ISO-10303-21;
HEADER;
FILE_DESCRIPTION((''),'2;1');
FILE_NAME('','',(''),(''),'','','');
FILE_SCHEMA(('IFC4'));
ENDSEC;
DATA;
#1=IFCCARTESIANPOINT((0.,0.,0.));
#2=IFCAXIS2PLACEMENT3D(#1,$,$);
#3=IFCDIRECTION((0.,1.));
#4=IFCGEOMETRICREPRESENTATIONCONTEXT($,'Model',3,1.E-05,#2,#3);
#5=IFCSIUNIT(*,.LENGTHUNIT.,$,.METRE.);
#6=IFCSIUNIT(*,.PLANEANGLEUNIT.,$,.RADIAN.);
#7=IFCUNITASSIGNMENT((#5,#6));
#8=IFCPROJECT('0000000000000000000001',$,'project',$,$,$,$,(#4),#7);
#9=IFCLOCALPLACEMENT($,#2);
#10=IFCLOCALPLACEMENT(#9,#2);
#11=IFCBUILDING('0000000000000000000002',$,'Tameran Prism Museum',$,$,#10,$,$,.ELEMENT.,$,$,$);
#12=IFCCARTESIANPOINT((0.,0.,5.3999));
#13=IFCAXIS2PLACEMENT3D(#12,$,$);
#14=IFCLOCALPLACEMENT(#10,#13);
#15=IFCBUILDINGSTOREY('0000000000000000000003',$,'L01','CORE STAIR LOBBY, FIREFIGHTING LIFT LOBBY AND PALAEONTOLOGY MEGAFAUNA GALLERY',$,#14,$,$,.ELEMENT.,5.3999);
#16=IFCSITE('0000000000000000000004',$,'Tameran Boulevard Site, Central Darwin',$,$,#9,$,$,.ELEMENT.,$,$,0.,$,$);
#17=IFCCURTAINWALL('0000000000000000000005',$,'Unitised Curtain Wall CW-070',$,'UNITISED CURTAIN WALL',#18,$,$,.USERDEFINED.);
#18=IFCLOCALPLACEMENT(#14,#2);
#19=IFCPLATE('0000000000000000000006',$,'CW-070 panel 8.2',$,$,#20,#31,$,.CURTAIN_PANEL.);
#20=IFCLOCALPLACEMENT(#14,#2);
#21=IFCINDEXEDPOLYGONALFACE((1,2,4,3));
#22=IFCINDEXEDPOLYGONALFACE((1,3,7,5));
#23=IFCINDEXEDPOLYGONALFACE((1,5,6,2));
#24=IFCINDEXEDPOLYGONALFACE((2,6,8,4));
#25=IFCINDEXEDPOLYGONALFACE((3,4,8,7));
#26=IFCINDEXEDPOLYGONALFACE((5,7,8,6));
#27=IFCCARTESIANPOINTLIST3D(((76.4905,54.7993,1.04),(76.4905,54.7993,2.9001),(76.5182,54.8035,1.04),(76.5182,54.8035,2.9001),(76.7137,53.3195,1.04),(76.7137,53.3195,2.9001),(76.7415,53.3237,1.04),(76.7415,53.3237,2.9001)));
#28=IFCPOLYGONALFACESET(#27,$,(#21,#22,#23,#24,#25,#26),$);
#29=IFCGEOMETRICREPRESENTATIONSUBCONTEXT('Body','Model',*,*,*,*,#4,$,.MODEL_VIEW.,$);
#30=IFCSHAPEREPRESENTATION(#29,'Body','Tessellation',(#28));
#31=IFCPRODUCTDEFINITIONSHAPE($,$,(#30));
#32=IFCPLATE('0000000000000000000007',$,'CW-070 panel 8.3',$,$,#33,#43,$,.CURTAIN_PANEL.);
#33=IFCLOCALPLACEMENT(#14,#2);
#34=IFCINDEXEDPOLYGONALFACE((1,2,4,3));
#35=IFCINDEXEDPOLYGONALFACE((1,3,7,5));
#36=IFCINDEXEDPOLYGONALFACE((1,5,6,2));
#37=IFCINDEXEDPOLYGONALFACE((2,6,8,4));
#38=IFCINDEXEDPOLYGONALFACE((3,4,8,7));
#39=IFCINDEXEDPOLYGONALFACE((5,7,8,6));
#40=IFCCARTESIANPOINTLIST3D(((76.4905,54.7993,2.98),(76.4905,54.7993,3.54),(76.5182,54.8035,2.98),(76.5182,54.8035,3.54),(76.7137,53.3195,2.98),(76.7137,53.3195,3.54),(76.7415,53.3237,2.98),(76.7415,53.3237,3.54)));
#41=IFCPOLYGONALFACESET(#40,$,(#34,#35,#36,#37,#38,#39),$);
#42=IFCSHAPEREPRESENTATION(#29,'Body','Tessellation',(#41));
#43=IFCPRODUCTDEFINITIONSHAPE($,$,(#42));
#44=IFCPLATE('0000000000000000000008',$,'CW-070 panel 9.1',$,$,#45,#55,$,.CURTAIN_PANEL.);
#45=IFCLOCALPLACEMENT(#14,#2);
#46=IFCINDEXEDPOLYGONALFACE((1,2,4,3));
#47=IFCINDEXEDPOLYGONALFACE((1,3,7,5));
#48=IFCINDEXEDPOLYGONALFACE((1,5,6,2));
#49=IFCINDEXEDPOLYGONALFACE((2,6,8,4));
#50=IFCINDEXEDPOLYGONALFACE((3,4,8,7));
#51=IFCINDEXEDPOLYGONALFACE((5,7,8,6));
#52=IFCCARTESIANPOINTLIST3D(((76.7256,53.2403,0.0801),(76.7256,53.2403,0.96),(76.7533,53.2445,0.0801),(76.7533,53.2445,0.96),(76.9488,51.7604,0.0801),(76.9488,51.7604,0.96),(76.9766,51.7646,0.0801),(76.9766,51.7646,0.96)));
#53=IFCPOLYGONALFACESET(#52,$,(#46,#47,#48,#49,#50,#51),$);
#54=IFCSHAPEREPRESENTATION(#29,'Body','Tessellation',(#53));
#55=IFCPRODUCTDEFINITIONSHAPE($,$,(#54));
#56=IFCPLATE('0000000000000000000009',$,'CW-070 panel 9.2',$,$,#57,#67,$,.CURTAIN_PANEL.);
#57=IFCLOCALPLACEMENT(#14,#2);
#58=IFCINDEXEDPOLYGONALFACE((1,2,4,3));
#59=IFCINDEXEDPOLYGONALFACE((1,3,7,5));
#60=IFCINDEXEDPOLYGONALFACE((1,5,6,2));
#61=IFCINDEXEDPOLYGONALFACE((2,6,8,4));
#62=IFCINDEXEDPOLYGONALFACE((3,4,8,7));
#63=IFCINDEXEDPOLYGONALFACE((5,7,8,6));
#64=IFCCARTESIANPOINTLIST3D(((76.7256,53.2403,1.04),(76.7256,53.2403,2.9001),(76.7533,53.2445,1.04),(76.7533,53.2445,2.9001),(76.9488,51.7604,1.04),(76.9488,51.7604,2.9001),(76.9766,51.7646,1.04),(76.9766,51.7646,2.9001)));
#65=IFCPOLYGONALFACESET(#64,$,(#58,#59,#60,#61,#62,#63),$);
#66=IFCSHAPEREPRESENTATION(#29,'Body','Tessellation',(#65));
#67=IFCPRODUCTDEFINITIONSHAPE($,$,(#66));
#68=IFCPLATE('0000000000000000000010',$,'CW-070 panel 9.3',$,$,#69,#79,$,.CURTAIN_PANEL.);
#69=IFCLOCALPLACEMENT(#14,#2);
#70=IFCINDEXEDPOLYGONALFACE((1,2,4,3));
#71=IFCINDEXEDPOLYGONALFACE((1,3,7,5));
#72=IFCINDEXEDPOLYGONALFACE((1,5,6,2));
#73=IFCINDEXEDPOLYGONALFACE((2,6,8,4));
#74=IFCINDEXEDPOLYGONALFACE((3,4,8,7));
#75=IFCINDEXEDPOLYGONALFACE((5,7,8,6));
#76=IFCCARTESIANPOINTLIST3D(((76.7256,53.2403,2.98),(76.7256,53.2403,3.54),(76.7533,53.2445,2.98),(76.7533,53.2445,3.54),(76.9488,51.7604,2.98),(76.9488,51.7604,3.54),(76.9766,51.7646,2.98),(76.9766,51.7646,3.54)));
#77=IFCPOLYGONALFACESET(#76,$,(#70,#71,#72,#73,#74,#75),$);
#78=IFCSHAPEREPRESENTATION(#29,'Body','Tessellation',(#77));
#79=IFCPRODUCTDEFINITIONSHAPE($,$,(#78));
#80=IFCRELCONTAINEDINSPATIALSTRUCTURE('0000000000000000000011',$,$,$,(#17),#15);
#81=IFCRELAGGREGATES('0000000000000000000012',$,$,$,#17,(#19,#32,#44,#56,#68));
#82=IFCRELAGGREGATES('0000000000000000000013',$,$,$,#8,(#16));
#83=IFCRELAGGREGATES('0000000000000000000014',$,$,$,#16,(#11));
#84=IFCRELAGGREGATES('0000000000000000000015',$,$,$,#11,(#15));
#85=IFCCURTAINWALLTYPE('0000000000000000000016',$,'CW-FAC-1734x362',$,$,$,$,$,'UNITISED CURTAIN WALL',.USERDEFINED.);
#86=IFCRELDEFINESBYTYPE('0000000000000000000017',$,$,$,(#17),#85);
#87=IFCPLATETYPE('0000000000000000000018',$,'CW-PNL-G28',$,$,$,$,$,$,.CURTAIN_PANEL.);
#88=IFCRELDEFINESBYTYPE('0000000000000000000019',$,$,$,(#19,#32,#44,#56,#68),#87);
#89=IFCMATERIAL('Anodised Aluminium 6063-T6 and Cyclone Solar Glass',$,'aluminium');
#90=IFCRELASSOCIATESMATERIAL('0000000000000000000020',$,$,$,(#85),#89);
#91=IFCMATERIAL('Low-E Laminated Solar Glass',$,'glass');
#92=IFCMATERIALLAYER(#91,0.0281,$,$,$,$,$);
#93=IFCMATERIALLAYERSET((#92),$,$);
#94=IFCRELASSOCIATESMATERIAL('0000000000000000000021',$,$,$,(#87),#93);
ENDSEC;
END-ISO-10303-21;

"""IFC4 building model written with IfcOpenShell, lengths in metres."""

from ifc_helpers import new_model, si_unit, direction, frame, origin, origin_2d, place, context, subcontext, project, spatial, rectangle, extrude, material, layer, layer_set, type_object, element, aggregate, save


model = new_model("IFC4")

# Units and contexts
model_context = context("Model", 3, precision=1e-05, world=origin(), true_north=direction((0.0, 1.0)))
body_context = subcontext(model_context, "Body", "Model", "MODEL_VIEW")
ifc_project = project(units=[si_unit("LENGTHUNIT", "METRE"), si_unit("PLANEANGLEUNIT", "RADIAN")], contexts=[model_context])

# Site, building, storey
site_placement = place(None, origin())
site = spatial("IfcSite", under=ifc_project, at=site_placement, Name="Tameran Boulevard Site, Central Darwin", CompositionType="ELEMENT", RefElevation=0.0)
building_placement = place(site_placement, origin())
building = spatial("IfcBuilding", under=site, at=building_placement, Name="Tameran Prism Museum", CompositionType="ELEMENT")
storey_placement = place(building_placement, frame((0.0, 0.0, 5.3999)))
storey = spatial("IfcBuildingStorey", under=building, at=storey_placement, Name="L01", Description="CORE STAIR LOBBY, FIREFIGHTING LIFT LOBBY AND PALAEONTOLOGY MEGAFAUNA GALLERY", CompositionType="ELEMENT", Elevation=5.3999)

# Curtain wall, plates
ifc_material_1 = material(Name="Anodised Aluminium 6063-T6 and Cyclone Solar Glass", Category="aluminium")
curtain_wall_type = type_object("IfcCurtainWallType", Name="CW-FAC-1734x362", ElementType="UNITISED CURTAIN WALL", PredefinedType="USERDEFINED", material=ifc_material_1)
curtain_wall_placement = place(storey_placement, origin())
curtain_wall = element("IfcCurtainWall", 1, at=curtain_wall_placement, inside=storey, type_object=curtain_wall_type, Name="Unitised Curtain Wall CW-070", ObjectType="UNITISED CURTAIN WALL", PredefinedType="USERDEFINED")
ifc_material_2 = material(Name="Low-E Laminated Solar Glass", Category="glass")
ifc_layer = layer(ifc_material_2, 0.0281)
ifc_layer_set = layer_set([ifc_layer])
plate_type = type_object("IfcPlateType", Name="CW-PNL-G28", PredefinedType="CURTAIN_PANEL", material=ifc_layer_set)
plate_1_placement = place(storey_placement, frame((76.616, 54.0615, 1.04), z_axis=(0.0, 0.0, 1.0), x_axis=(0.149167, -0.988812, 0.0)))
plate_1 = element("IfcPlate", 2, at=plate_1_placement, type_object=plate_type, Name="CW-070 panel 8.2", PredefinedType="CURTAIN_PANEL", context=body_context, shape_type="SweptSolid", body=[
    extrude(rectangle(XDim=1.4966, YDim=0.0281, at=origin_2d()), origin(), (0.0, 0.0, 1.0), 1.8601),
])
plate_2_placement = place(storey_placement, frame((76.616, 54.0615, 2.98), z_axis=(0.0, 0.0, 1.0), x_axis=(0.149167, -0.988812, 0.0)))
plate_2 = element("IfcPlate", 3, at=plate_2_placement, type_object=plate_type, Name="CW-070 panel 8.3", PredefinedType="CURTAIN_PANEL", context=body_context, shape_type="SweptSolid", body=[
    extrude(rectangle(XDim=1.4966, YDim=0.0281, at=origin_2d()), origin(), (0.0, 0.0, 1.0), 0.5601),
])
plate_3_placement = place(storey_placement, frame((76.8511, 52.5024, 0.0801), z_axis=(0.0, 0.0, 1.0), x_axis=(0.149167, -0.988812, 0.0)))
plate_3 = element("IfcPlate", 4, at=plate_3_placement, type_object=plate_type, Name="CW-070 panel 9.1", PredefinedType="CURTAIN_PANEL", context=body_context, shape_type="SweptSolid", body=[
    extrude(rectangle(XDim=1.4966, YDim=0.0281, at=origin_2d()), origin(), (0.0, 0.0, 1.0), 0.8799),
])
plate_4_placement = place(storey_placement, frame((76.8511, 52.5024, 1.04), z_axis=(0.0, 0.0, 1.0), x_axis=(0.149167, -0.988812, 0.0)))
plate_4 = element("IfcPlate", 5, at=plate_4_placement, type_object=plate_type, Name="CW-070 panel 9.2", PredefinedType="CURTAIN_PANEL", context=body_context, shape_type="SweptSolid", body=[
    extrude(rectangle(XDim=1.4966, YDim=0.0281, at=origin_2d()), origin(), (0.0, 0.0, 1.0), 1.8601),
])
plate_5_placement = place(storey_placement, frame((76.8511, 52.5024, 2.98), z_axis=(0.0, 0.0, 1.0), x_axis=(0.149167, -0.988812, 0.0)))
plate_5 = element("IfcPlate", 6, at=plate_5_placement, type_object=plate_type, Name="CW-070 panel 9.3", PredefinedType="CURTAIN_PANEL", context=body_context, shape_type="SweptSolid", body=[
    extrude(rectangle(XDim=1.4966, YDim=0.0281, at=origin_2d()), origin(), (0.0, 0.0, 1.0), 0.5601),
])
aggregate(curtain_wall, [plate_1, plate_2, plate_3, plate_4, plate_5])

save(model, "model.ifc")
